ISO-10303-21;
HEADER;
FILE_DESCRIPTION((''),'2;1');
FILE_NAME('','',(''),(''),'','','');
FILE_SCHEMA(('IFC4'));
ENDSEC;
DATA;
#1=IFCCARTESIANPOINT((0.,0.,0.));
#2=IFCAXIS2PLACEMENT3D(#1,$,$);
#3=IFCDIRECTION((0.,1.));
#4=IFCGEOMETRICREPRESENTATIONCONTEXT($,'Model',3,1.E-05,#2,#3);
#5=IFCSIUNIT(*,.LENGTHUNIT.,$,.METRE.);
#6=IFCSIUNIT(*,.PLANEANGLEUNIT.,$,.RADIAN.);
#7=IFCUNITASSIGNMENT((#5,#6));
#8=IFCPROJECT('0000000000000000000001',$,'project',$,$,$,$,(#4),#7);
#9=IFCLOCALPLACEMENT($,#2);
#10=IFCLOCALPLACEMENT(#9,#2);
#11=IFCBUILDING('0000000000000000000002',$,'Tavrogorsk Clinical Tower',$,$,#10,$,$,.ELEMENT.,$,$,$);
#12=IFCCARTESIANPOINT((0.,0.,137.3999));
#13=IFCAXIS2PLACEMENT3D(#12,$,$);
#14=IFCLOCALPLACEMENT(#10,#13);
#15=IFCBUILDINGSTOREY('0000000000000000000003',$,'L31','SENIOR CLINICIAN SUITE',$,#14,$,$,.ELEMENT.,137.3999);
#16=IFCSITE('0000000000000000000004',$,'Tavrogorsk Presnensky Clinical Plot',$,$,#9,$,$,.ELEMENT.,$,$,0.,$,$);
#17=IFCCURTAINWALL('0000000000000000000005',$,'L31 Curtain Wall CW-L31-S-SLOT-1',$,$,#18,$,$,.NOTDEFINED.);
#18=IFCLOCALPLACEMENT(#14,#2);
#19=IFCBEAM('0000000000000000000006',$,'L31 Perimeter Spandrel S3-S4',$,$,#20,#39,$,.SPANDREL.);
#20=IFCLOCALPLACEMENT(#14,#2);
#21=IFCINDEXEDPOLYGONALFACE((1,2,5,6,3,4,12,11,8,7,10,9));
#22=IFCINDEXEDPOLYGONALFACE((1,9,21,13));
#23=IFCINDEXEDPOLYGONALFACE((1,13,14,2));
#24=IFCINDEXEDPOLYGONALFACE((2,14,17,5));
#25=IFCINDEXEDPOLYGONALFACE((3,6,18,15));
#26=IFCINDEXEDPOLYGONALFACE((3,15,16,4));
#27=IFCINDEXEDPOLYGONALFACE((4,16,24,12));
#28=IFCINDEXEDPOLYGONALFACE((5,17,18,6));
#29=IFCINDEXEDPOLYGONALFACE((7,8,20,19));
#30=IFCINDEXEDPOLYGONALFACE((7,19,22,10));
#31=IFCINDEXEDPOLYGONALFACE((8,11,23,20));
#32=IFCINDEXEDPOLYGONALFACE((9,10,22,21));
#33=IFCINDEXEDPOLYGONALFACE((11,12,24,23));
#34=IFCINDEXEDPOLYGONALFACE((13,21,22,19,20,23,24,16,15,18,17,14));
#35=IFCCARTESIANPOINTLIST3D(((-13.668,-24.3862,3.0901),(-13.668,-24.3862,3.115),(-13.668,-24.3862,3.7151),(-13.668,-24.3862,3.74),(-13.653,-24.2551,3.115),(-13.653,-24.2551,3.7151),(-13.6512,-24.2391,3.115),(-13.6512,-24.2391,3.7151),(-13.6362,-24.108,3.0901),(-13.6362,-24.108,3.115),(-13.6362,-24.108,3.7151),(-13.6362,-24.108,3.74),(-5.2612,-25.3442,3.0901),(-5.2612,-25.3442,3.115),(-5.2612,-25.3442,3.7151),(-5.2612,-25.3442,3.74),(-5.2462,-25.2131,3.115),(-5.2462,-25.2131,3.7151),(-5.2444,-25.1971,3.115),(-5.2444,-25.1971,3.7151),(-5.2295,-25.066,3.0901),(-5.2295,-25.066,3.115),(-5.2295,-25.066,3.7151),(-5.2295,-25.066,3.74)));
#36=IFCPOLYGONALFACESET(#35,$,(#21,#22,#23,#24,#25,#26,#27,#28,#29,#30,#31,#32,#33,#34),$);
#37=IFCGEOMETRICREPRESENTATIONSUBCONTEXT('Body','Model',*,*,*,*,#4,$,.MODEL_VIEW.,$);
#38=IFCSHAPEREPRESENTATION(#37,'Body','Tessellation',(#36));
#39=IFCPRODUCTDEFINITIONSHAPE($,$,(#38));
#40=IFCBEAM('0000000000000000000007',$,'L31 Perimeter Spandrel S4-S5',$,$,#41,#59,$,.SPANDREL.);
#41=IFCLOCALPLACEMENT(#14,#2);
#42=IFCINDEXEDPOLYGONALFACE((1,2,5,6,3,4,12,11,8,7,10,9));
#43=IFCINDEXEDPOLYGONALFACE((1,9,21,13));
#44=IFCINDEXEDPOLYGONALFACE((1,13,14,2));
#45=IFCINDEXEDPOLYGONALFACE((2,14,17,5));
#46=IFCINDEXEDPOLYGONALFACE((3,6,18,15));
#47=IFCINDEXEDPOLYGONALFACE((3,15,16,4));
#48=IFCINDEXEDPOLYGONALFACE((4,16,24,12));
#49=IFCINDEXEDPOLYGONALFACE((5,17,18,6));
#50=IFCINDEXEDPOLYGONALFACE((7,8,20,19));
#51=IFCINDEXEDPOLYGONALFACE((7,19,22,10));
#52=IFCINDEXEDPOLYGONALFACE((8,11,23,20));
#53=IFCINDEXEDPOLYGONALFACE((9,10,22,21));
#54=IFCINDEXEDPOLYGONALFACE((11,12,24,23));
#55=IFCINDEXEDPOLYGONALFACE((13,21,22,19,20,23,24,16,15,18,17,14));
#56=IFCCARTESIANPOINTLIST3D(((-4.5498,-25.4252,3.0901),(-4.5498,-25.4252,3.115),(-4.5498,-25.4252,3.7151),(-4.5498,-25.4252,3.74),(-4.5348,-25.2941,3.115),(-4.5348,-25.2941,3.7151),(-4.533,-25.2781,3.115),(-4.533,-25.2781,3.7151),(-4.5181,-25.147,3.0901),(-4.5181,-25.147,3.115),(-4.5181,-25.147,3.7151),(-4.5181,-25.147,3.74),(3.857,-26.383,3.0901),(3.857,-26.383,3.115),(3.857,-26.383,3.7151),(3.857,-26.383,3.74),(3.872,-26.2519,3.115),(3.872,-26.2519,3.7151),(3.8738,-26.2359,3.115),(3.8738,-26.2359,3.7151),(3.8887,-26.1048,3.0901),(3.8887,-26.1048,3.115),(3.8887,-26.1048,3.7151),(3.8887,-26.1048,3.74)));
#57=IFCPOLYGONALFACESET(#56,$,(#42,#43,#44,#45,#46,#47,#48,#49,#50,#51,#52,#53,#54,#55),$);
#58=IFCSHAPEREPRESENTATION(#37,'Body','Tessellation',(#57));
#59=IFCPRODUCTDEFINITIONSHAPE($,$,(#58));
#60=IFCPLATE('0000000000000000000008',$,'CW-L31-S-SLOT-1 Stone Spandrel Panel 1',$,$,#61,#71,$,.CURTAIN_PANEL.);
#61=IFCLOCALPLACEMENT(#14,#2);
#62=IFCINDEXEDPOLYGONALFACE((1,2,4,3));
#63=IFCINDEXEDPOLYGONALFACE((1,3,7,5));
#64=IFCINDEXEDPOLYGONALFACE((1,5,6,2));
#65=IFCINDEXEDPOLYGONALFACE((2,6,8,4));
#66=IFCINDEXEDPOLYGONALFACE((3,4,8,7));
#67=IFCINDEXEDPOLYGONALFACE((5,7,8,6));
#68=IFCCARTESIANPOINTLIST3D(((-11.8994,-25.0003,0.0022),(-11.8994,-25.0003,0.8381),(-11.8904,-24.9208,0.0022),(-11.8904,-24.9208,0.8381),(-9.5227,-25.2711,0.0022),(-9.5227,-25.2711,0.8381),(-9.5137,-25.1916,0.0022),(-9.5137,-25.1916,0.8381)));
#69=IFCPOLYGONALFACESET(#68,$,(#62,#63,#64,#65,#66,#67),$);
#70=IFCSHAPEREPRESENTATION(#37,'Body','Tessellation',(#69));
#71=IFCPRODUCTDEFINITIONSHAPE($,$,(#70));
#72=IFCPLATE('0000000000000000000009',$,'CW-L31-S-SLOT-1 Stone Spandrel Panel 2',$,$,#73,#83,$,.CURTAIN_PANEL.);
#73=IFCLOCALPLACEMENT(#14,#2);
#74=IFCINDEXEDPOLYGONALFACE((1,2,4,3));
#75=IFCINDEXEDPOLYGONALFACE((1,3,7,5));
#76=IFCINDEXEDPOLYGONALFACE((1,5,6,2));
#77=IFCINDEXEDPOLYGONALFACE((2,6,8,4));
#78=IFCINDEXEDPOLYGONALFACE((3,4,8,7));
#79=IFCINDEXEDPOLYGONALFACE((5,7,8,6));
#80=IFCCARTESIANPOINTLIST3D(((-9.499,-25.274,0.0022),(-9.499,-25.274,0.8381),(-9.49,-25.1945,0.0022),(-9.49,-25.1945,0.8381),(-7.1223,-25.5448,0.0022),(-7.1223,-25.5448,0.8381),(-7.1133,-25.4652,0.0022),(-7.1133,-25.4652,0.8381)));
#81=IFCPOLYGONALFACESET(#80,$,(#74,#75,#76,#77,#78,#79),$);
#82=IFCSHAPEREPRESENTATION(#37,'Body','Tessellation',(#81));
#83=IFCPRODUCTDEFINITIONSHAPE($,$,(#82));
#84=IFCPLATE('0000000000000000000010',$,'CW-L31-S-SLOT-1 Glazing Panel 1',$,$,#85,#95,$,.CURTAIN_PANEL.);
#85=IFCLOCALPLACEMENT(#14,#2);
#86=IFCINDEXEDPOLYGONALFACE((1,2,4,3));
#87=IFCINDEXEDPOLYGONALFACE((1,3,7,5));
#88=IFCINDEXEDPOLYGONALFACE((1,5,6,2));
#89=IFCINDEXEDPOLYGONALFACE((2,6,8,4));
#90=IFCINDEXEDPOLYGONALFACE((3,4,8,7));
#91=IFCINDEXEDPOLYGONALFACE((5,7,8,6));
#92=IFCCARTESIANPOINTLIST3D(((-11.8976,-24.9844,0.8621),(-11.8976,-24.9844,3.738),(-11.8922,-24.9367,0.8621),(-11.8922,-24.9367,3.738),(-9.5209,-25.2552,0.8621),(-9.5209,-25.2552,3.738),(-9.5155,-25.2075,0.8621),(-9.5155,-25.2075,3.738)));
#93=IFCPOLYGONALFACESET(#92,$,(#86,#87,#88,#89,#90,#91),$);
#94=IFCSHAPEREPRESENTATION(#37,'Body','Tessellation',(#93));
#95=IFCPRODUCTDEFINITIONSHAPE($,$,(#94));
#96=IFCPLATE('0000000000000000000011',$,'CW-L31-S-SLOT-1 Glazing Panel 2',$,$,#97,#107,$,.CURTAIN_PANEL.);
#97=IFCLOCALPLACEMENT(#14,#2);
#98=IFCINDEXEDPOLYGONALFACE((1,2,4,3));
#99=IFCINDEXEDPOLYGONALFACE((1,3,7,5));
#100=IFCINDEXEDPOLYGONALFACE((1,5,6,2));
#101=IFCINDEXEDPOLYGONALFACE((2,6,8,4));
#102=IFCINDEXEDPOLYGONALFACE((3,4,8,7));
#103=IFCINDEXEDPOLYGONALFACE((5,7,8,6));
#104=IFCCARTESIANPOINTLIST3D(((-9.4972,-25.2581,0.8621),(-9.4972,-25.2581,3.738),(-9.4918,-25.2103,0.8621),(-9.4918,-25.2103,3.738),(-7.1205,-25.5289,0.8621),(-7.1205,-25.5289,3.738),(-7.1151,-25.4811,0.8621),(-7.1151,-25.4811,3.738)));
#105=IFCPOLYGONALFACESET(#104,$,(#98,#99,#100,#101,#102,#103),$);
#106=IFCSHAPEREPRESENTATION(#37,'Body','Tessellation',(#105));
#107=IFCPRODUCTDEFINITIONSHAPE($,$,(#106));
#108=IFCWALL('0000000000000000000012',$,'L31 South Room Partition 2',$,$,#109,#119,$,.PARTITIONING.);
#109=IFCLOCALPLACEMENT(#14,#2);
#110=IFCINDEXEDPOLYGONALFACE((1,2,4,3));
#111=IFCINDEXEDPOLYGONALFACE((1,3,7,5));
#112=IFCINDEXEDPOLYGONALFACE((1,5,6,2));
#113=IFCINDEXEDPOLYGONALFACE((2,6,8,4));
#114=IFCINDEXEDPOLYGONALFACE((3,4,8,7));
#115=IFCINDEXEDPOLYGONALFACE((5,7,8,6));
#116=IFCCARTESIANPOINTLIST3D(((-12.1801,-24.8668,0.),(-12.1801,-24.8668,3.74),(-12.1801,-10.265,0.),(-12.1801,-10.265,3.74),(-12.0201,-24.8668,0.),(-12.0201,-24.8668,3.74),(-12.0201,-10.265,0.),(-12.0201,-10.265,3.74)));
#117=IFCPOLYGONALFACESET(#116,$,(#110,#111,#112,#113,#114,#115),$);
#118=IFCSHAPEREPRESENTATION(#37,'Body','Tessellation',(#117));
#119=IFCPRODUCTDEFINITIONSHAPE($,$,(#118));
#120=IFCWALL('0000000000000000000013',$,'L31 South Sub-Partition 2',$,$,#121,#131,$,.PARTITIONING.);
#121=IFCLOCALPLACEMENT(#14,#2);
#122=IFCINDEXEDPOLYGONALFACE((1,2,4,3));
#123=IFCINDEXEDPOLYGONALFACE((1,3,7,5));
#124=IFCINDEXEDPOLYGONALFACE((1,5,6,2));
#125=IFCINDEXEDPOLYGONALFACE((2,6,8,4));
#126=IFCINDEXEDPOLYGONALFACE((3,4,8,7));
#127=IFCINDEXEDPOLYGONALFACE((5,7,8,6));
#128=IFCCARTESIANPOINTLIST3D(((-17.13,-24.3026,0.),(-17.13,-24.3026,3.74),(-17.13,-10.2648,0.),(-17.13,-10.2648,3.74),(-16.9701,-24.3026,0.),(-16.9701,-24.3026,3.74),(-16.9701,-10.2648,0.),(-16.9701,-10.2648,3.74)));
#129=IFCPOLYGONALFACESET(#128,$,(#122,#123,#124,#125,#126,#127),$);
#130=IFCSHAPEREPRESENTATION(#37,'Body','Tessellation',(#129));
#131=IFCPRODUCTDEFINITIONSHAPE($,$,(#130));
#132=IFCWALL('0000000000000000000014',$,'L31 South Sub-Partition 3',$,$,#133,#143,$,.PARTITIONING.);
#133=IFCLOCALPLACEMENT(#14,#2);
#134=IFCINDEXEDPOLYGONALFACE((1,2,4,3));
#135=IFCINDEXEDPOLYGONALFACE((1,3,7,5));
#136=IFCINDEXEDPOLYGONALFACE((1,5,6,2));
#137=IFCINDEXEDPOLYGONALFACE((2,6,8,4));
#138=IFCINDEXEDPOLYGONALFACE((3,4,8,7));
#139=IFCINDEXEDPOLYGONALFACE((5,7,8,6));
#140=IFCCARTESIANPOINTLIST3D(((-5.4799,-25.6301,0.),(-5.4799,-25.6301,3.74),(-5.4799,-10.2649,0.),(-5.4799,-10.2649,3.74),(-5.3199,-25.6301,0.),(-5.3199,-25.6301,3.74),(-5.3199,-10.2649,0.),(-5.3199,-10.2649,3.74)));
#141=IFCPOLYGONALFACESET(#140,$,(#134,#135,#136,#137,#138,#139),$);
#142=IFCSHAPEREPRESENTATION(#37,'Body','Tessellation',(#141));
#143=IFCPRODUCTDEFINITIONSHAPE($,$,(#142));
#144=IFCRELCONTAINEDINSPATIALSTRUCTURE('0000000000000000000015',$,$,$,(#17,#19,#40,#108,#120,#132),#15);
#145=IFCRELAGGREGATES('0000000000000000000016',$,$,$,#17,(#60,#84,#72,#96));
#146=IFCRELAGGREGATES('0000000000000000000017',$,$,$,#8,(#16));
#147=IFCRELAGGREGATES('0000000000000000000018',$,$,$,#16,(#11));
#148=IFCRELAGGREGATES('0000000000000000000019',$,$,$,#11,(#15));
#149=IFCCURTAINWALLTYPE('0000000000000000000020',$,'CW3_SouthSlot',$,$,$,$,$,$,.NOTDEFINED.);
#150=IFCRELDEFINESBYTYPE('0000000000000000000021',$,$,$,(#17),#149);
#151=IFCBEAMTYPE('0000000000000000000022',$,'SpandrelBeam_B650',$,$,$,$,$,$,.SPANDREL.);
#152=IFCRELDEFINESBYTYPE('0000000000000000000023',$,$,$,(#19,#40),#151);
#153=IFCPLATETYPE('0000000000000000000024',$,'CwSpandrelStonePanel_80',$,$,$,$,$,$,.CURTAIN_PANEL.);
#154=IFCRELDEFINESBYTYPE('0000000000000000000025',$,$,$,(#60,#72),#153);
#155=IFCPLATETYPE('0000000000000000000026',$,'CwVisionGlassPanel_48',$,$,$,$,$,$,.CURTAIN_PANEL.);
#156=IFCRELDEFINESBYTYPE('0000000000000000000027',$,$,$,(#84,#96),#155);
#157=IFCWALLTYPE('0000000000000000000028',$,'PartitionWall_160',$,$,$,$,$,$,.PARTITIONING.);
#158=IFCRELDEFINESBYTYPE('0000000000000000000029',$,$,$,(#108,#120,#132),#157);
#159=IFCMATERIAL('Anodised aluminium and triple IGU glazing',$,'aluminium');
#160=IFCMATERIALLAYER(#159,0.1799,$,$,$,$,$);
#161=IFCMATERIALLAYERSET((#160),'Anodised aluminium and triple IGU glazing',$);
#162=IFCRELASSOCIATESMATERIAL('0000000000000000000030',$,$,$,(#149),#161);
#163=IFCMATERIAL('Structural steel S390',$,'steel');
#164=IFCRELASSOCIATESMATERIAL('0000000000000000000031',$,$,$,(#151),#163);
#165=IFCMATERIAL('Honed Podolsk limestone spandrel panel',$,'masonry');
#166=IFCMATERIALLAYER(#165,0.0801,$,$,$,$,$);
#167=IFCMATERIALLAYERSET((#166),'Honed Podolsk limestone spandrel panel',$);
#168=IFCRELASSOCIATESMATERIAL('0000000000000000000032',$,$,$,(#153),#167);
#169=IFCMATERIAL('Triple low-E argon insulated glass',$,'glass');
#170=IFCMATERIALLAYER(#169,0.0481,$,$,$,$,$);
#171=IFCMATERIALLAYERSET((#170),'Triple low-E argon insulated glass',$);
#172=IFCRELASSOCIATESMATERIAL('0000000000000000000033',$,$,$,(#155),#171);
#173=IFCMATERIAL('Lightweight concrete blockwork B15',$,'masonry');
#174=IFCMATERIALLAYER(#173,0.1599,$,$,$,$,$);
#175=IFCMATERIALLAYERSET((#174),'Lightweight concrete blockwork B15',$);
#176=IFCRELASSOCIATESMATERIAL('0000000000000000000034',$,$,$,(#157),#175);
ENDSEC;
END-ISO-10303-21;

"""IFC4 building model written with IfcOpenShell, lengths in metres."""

from ifc_helpers import new_model, si_unit, direction, frame, frame_2d, origin, origin_2d, place, context, subcontext, project, spatial, rectangle, i_section, extrude, material, layer, layer_set, material_profile, profile_set, type_object, element, aggregate, save


model = new_model("IFC4")

# Units and contexts
model_context = context("Model", 3, precision=1e-05, world=origin(), true_north=direction((0.0, 1.0)))
body_context = subcontext(model_context, "Body", "Model", "MODEL_VIEW")
ifc_project = project(units=[si_unit("LENGTHUNIT", "METRE"), si_unit("PLANEANGLEUNIT", "RADIAN")], contexts=[model_context])

# Site, building, storey
site_placement = place(None, origin())
site = spatial("IfcSite", under=ifc_project, at=site_placement, Name="Tavrogorsk Presnensky Clinical Plot", CompositionType="ELEMENT", RefElevation=0.0)
building_placement = place(site_placement, origin())
building = spatial("IfcBuilding", under=site, at=building_placement, Name="Tavrogorsk Clinical Tower", CompositionType="ELEMENT")
storey_placement = place(building_placement, frame((0.0, 0.0, 137.3999)))
storey = spatial("IfcBuildingStorey", under=building, at=storey_placement, Name="L31", Description="SENIOR CLINICIAN SUITE", CompositionType="ELEMENT", Elevation=137.3999)

# Curtain wall
ifc_material_1 = material(Name="Anodised aluminium and triple IGU glazing", Category="aluminium")
ifc_layer_1 = layer(ifc_material_1, 0.1799)
ifc_layer_set_1 = layer_set([ifc_layer_1], Name="Anodised aluminium and triple IGU glazing")
curtain_wall_type = type_object("IfcCurtainWallType", Name="CW3_SouthSlot", PredefinedType="NOTDEFINED", material=ifc_layer_set_1)
curtain_wall_placement = place(storey_placement, origin())
curtain_wall = element("IfcCurtainWall", 1, at=curtain_wall_placement, inside=storey, type_object=curtain_wall_type, Name="L31 Curtain Wall CW-L31-S-SLOT-1", PredefinedType="NOTDEFINED")

# Beams
ifc_material_2 = material(Name="Structural steel S390", Category="steel")
ifc_material_profile_1 = material_profile(ifc_material_2, i_section(OverallWidth=0.28, OverallDepth=0.6499, WebThickness=0.0161, FlangeThickness=0.0249, at=origin_2d()), Name="B-650x280x16x25")
ifc_profile_set_1 = profile_set([ifc_material_profile_1], Name="Structural steel S390")
beam_type = type_object("IfcBeamType", Name="SpandrelBeam_B650", PredefinedType="SPANDREL", material=ifc_profile_set_1)
for number, where, z_axis, x_axis, name in (
    (2, (-13.6521, -24.2471, 3.415), (0.993569, -0.113224, 0.0), (0.113224, 0.993569, 0.0), "L31 Perimeter Spandrel S3-S4"),
    (3, (-4.5339, -25.2861, 3.415), (0.993573, -0.113196, 0.0), (0.113196, 0.993573, 0.0), "L31 Perimeter Spandrel S4-S5"),
):
    element("IfcBeam", number, at=place(storey_placement, frame(where, z_axis=z_axis, x_axis=x_axis)), inside=storey, type_object=beam_type, Name=name, PredefinedType="SPANDREL", context=body_context, shape_type="SweptSolid", body=[
        extrude(i_section(OverallWidth=0.28, OverallDepth=0.6499, WebThickness=0.0161, FlangeThickness=0.0249, at=origin_2d()), origin(), (0.0, 0.0, 1.0), 8.4612),
    ])

# Plates
ifc_material_3 = material(Name="Honed Podolsk limestone spandrel panel", Category="masonry")
ifc_layer_2 = layer(ifc_material_3, 0.0801)
ifc_layer_set_2 = layer_set([ifc_layer_2], Name="Honed Podolsk limestone spandrel panel")
plate_type_1 = type_object("IfcPlateType", Name="CwSpandrelStonePanel_80", PredefinedType="CURTAIN_PANEL", material=ifc_layer_set_2)
plate_1_placement = place(storey_placement, frame((-10.7065, -25.0959, 0.0022), z_axis=(0.0, 0.0, 1.0), x_axis=(0.993572, -0.113203, 0.0)))
plate_1 = element("IfcPlate", 4, at=plate_1_placement, type_object=plate_type_1, Name="CW-L31-S-SLOT-1 Stone Spandrel Panel 1", PredefinedType="CURTAIN_PANEL", context=body_context, shape_type="SweptSolid", body=[
    extrude(rectangle(XDim=2.3921, YDim=0.0801, at=origin_2d()), origin(), (0.0, 0.0, 1.0), 0.8359),
])
plate_2_placement = place(storey_placement, frame((-8.3062, -25.3696, 0.0022), z_axis=(0.0, 0.0, 1.0), x_axis=(0.993572, -0.113203, 0.0)))
plate_2 = element("IfcPlate", 5, at=plate_2_placement, type_object=plate_type_1, Name="CW-L31-S-SLOT-1 Stone Spandrel Panel 2", PredefinedType="CURTAIN_PANEL", context=body_context, shape_type="SweptSolid", body=[
    extrude(rectangle(XDim=2.3921, YDim=0.0801, at=origin_2d()), origin(), (0.0, 0.0, 1.0), 0.8359),
])
ifc_material_4 = material(Name="Triple low-E argon insulated glass", Category="glass")
ifc_layer_3 = layer(ifc_material_4, 0.0481)
ifc_layer_set_3 = layer_set([ifc_layer_3], Name="Triple low-E argon insulated glass")
plate_type_2 = type_object("IfcPlateType", Name="CwVisionGlassPanel_48", PredefinedType="CURTAIN_PANEL", material=ifc_layer_set_3)
plate_3_placement = place(storey_placement, frame((-10.7065, -25.0959, 0.8621), z_axis=(0.0, 0.0, 1.0), x_axis=(0.993572, -0.113203, 0.0)))
plate_3 = element("IfcPlate", 6, at=plate_3_placement, type_object=plate_type_2, Name="CW-L31-S-SLOT-1 Glazing Panel 1", PredefinedType="CURTAIN_PANEL", context=body_context, shape_type="SweptSolid", body=[
    extrude(rectangle(XDim=2.3921, YDim=0.0481, at=origin_2d()), origin(), (0.0, 0.0, 1.0), 2.876),
])
plate_4_placement = place(storey_placement, frame((-8.3062, -25.3696, 0.8621), z_axis=(0.0, 0.0, 1.0), x_axis=(0.993572, -0.113203, 0.0)))
plate_4 = element("IfcPlate", 7, at=plate_4_placement, type_object=plate_type_2, Name="CW-L31-S-SLOT-1 Glazing Panel 2", PredefinedType="CURTAIN_PANEL", context=body_context, shape_type="SweptSolid", body=[
    extrude(rectangle(XDim=2.3921, YDim=0.0481, at=origin_2d()), origin(), (0.0, 0.0, 1.0), 2.876),
])
aggregate(curtain_wall, [plate_1, plate_3, plate_2, plate_4])

# Walls
ifc_material_5 = material(Name="Lightweight concrete blockwork B15", Category="masonry")
ifc_layer_4 = layer(ifc_material_5, 0.1599)
ifc_layer_set_4 = layer_set([ifc_layer_4], Name="Lightweight concrete blockwork B15")
wall_type_1 = type_object("IfcWallType", Name="PartitionWall_160", PredefinedType="PARTITIONING", material=ifc_layer_set_4)
wall_1_placement = place(storey_placement, frame((-12.1001, -24.8667, 0.0), z_axis=(0.0, 0.0, 1.0), x_axis=(0.0, 1.0, 0.0)))
element("IfcWall", 8, at=wall_1_placement, inside=storey, type_object=wall_type_1, Name="L31 South Room Partition 2", PredefinedType="PARTITIONING", context=body_context, shape_type="SweptSolid", body=[
    extrude(rectangle(XDim=14.6018, YDim=0.1599, at=frame_2d((7.3008, 0.0))), origin(), (0.0, 0.0, 1.0), 3.74),
])
wall_2_placement = place(storey_placement, frame((-17.05, -24.3027, 0.0), z_axis=(0.0, 0.0, 1.0), x_axis=(0.0, 1.0, 0.0)))
element("IfcWall", 9, at=wall_2_placement, inside=storey, type_object=wall_type_1, Name="L31 South Sub-Partition 2", PredefinedType="PARTITIONING", context=body_context, shape_type="SweptSolid", body=[
    extrude(rectangle(XDim=14.0378, YDim=0.1599, at=frame_2d((7.019, 0.0))), origin(), (0.0, 0.0, 1.0), 3.74),
])
wall_3_placement = place(storey_placement, frame((-5.3999, -25.6301, 0.0), z_axis=(0.0, 0.0, 1.0), x_axis=(0.0, 1.0, 0.0)))
element("IfcWall", 10, at=wall_3_placement, inside=storey, type_object=wall_type_1, Name="L31 South Sub-Partition 3", PredefinedType="PARTITIONING", context=body_context, shape_type="SweptSolid", body=[
    extrude(rectangle(XDim=15.3652, YDim=0.1599, at=frame_2d((7.6826, 0.0))), origin(), (0.0, 0.0, 1.0), 3.74),
])

save(model, "model.ifc")
